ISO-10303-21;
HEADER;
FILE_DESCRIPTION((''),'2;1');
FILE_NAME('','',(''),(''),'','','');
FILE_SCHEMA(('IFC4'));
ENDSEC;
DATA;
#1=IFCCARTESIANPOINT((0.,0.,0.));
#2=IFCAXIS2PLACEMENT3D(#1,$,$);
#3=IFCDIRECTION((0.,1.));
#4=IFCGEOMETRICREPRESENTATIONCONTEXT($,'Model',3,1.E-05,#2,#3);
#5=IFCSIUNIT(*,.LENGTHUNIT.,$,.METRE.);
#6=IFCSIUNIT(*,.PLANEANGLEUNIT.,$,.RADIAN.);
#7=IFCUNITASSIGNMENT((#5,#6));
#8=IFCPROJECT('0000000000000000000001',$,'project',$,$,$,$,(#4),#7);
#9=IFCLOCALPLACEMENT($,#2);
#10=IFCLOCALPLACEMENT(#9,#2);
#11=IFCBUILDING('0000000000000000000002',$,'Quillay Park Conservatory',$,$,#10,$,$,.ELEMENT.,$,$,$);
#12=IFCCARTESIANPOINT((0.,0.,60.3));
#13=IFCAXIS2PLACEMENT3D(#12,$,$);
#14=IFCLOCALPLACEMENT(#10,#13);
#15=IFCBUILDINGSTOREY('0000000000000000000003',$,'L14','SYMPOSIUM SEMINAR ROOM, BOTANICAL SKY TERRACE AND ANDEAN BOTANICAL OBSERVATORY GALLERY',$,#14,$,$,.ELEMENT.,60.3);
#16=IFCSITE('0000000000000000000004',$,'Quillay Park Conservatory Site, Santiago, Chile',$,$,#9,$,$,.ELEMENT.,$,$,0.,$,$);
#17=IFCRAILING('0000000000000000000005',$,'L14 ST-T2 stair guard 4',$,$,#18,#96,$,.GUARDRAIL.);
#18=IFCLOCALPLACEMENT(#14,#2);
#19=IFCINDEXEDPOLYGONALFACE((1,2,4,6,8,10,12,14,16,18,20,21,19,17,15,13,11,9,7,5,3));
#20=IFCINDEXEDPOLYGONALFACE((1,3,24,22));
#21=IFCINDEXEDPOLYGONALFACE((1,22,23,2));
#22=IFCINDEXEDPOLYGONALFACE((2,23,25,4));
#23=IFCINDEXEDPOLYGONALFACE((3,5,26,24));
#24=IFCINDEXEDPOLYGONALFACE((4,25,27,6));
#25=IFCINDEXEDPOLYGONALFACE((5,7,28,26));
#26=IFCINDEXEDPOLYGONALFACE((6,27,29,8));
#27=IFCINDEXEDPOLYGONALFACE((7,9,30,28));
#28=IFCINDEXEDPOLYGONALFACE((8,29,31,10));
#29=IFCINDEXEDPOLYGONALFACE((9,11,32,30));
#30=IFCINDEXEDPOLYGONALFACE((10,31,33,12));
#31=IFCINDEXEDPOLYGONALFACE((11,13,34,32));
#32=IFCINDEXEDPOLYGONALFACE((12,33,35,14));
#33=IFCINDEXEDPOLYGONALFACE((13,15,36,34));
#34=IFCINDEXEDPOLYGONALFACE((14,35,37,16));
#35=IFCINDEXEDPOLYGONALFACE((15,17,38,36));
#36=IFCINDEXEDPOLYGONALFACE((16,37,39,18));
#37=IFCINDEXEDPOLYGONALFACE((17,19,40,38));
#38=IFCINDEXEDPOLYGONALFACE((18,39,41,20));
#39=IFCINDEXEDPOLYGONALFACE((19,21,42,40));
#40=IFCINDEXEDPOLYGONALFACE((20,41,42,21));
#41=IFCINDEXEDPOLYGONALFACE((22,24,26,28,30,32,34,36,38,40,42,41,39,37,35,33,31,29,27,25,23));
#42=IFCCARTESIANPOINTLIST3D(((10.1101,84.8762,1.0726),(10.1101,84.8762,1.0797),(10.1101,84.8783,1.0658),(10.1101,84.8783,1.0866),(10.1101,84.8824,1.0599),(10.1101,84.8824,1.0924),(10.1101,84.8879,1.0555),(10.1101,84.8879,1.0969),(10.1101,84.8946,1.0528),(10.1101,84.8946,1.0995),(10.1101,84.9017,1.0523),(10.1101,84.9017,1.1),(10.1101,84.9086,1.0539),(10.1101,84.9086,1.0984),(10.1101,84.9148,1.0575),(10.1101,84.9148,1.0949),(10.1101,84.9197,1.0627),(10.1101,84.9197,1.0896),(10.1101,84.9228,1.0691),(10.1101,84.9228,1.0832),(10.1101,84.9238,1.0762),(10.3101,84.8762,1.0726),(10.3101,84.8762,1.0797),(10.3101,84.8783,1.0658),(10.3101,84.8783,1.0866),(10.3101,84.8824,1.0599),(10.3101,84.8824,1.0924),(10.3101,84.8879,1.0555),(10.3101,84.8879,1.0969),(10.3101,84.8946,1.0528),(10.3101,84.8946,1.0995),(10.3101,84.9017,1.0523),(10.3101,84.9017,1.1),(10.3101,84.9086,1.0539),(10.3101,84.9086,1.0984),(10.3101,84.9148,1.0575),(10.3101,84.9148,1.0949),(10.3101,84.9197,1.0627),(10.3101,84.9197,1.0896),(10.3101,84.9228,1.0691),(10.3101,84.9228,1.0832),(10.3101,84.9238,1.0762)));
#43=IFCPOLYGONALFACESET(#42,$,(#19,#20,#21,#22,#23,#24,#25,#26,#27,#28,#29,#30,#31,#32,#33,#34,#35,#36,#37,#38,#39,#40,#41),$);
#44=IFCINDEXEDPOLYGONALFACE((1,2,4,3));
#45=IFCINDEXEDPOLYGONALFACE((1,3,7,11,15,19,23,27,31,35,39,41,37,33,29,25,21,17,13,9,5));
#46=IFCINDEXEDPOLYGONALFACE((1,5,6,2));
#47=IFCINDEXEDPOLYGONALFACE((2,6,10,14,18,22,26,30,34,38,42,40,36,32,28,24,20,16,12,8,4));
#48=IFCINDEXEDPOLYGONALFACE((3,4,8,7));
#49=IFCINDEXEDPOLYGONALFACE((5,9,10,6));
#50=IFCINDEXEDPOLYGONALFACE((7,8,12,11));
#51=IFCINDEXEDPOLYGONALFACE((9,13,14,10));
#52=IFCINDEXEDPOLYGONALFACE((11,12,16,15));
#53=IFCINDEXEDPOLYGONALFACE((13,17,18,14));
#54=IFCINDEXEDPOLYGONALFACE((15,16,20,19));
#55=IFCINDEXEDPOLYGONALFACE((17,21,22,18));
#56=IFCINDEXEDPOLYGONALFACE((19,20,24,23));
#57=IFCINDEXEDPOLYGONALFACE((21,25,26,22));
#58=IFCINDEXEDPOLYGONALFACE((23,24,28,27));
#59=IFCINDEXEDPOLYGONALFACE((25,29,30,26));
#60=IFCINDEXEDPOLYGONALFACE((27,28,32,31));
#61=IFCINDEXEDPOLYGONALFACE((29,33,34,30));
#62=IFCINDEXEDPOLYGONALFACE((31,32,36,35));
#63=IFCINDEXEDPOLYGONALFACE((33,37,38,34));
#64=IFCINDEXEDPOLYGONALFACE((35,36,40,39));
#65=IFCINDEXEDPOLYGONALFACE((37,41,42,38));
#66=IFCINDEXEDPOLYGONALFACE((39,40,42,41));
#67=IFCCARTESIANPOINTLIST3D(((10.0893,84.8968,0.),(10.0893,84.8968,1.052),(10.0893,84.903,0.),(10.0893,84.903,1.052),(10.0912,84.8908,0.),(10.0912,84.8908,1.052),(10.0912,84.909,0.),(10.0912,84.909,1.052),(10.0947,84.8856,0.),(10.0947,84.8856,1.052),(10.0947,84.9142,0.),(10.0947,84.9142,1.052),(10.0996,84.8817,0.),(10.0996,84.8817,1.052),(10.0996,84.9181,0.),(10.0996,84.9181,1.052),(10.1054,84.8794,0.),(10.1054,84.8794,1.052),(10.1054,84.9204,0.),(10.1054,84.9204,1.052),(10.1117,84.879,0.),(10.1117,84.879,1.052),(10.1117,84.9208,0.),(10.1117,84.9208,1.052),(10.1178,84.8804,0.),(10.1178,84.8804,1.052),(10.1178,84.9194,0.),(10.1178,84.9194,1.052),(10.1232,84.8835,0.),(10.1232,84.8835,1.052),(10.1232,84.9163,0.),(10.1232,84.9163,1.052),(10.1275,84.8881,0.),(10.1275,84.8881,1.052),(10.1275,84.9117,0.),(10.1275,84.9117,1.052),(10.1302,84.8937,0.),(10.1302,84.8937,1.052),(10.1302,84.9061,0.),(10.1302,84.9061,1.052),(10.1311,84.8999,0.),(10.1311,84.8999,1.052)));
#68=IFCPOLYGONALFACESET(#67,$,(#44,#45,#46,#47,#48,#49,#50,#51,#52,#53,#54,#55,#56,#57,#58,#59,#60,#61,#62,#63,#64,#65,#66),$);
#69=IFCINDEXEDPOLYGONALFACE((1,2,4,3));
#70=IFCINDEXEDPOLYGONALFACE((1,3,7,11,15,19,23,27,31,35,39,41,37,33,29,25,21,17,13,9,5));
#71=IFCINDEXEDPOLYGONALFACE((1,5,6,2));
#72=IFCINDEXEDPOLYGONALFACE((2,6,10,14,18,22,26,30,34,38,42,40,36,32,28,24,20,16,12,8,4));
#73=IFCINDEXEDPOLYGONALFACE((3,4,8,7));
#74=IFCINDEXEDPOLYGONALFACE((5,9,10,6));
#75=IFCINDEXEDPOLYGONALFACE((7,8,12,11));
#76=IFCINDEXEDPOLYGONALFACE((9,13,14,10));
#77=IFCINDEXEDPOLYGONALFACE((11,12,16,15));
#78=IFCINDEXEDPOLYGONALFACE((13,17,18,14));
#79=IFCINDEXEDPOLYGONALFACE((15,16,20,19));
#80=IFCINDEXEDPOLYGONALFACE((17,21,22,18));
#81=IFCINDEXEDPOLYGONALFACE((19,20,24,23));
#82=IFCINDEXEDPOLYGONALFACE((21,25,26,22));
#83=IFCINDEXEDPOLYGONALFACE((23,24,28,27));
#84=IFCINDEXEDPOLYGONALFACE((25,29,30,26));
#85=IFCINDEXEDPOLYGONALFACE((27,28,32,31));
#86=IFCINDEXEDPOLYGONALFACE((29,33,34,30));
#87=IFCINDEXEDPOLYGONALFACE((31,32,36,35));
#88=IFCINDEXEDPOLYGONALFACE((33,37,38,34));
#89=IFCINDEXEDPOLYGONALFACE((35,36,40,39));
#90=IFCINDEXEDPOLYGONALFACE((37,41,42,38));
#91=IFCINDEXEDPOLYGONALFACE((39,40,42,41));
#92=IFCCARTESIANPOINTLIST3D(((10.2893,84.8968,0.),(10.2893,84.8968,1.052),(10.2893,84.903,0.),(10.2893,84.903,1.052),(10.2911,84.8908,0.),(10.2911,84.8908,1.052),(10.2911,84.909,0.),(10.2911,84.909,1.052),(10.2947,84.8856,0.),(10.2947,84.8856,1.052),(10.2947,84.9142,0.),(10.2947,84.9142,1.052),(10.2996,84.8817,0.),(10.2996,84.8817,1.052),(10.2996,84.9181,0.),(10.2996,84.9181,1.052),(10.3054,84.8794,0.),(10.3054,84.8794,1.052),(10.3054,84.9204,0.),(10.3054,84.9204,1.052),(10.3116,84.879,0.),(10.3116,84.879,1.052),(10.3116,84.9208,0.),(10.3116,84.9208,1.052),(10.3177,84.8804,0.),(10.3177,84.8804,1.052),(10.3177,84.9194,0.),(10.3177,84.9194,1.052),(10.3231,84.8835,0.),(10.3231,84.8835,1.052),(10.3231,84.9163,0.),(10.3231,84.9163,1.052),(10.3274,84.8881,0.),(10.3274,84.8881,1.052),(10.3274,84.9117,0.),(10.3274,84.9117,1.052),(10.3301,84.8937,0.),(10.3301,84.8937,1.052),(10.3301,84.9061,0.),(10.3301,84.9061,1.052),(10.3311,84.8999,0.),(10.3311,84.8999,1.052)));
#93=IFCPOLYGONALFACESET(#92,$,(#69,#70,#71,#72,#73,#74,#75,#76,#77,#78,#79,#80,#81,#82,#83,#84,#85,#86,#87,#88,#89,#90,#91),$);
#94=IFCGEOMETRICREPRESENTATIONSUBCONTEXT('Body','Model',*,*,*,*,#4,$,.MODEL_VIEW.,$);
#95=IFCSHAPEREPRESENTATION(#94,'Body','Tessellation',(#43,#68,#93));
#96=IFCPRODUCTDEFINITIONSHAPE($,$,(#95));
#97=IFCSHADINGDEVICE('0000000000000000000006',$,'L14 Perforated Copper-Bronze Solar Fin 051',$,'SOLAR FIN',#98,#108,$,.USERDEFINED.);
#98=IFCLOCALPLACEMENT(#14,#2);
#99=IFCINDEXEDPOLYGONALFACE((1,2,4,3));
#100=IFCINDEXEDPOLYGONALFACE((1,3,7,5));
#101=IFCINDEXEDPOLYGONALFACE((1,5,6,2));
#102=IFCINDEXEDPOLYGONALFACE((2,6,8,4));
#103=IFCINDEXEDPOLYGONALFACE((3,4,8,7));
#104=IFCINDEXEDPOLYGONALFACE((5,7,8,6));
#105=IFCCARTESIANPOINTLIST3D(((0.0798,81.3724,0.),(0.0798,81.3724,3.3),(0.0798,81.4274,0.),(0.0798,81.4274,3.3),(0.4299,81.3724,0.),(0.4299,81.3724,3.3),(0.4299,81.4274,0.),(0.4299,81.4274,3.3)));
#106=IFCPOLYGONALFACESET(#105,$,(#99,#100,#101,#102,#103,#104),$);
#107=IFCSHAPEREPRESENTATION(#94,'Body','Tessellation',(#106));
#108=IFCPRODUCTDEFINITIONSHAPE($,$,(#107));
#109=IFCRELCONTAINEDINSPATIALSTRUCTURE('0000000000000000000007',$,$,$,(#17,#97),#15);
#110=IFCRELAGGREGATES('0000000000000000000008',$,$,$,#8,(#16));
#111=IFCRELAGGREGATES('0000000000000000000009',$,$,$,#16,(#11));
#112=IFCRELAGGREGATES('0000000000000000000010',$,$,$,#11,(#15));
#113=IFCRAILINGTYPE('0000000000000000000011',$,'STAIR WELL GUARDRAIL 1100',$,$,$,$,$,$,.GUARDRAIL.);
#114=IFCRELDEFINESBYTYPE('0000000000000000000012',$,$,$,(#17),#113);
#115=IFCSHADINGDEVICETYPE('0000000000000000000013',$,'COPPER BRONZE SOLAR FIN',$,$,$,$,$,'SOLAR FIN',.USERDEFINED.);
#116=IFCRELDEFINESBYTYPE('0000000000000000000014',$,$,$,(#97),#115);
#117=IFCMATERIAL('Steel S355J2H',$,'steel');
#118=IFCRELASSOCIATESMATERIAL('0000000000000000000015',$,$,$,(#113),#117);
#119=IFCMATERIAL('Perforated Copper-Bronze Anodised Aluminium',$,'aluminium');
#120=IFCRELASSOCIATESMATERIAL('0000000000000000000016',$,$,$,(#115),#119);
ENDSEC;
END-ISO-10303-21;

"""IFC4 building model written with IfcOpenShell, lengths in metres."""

from ifc_helpers import new_model, si_unit, direction, frame, origin, origin_2d, place, context, subcontext, project, spatial, rectangle, circle, extrude, material, type_object, element, save


model = new_model("IFC4")

# Units and contexts
model_context = context("Model", 3, precision=1e-05, world=origin(), true_north=direction((0.0, 1.0)))
body_context = subcontext(model_context, "Body", "Model", "MODEL_VIEW")
ifc_project = project(units=[si_unit("LENGTHUNIT", "METRE"), si_unit("PLANEANGLEUNIT", "RADIAN")], contexts=[model_context])

# Site, building, storey
site_placement = place(None, origin())
site = spatial("IfcSite", under=ifc_project, at=site_placement, Name="Quillay Park Conservatory Site, Santiago, Chile", CompositionType="ELEMENT", RefElevation=0.0)
building_placement = place(site_placement, origin())
building = spatial("IfcBuilding", under=site, at=building_placement, Name="Quillay Park Conservatory", CompositionType="ELEMENT")
storey_placement = place(building_placement, frame((0.0, 0.0, 60.3)))
storey = spatial("IfcBuildingStorey", under=building, at=storey_placement, Name="L14", Description="SYMPOSIUM SEMINAR ROOM, BOTANICAL SKY TERRACE AND ANDEAN BOTANICAL OBSERVATORY GALLERY", CompositionType="ELEMENT", Elevation=60.3)

# Railing
ifc_material_1 = material(Name="Steel S355J2H", Category="steel")
railing_type_1 = type_object("IfcRailingType", Name="STAIR WELL GUARDRAIL 1100", PredefinedType="GUARDRAIL", material=ifc_material_1)
railing_1_placement = place(storey_placement, frame((10.1101, 84.8999, 0.0)))
element("IfcRailing", 1, at=railing_1_placement, inside=storey, type_object=railing_type_1, Name="L14 ST-T2 stair guard 4", PredefinedType="GUARDRAIL", context=body_context, shape_type="SweptSolid", body=[
    extrude(circle(Radius=0.0239, at=origin_2d()), frame((0.0, 0.0, 1.0762), z_axis=(1.0, 0.0, 0.0), x_axis=(0.0, 1.0, 0.0)), (0.0, 0.0, 1.0), 0.2),
    extrude(circle(Radius=0.021, at=origin_2d()), origin(), (0.0, 0.0, 1.0), 1.052),
    extrude(circle(Radius=0.021, at=origin_2d()), frame((0.2, 0.0, 0.0)), (0.0, 0.0, 1.0), 1.052),
])

# Shading device
ifc_material_2 = material(Name="Perforated Copper-Bronze Anodised Aluminium", Category="aluminium")
shading_device_type = type_object("IfcShadingDeviceType", Name="COPPER BRONZE SOLAR FIN", ElementType="SOLAR FIN", PredefinedType="USERDEFINED", material=ifc_material_2)
shading_device_placement = place(storey_placement, frame((0.2549, 81.3999, 0.0), z_axis=(0.0, 0.0, 1.0), x_axis=(1.0, 0.0, 0.0)))
element("IfcShadingDevice", 2, at=shading_device_placement, inside=storey, type_object=shading_device_type, Name="L14 Perforated Copper-Bronze Solar Fin 051", ObjectType="SOLAR FIN", PredefinedType="USERDEFINED", context=body_context, shape_type="SweptSolid", body=[
    extrude(rectangle(XDim=0.3501, YDim=0.0549, at=origin_2d()), origin(), (0.0, 0.0, 1.0), 3.3),
])

save(model, "model.ifc")
